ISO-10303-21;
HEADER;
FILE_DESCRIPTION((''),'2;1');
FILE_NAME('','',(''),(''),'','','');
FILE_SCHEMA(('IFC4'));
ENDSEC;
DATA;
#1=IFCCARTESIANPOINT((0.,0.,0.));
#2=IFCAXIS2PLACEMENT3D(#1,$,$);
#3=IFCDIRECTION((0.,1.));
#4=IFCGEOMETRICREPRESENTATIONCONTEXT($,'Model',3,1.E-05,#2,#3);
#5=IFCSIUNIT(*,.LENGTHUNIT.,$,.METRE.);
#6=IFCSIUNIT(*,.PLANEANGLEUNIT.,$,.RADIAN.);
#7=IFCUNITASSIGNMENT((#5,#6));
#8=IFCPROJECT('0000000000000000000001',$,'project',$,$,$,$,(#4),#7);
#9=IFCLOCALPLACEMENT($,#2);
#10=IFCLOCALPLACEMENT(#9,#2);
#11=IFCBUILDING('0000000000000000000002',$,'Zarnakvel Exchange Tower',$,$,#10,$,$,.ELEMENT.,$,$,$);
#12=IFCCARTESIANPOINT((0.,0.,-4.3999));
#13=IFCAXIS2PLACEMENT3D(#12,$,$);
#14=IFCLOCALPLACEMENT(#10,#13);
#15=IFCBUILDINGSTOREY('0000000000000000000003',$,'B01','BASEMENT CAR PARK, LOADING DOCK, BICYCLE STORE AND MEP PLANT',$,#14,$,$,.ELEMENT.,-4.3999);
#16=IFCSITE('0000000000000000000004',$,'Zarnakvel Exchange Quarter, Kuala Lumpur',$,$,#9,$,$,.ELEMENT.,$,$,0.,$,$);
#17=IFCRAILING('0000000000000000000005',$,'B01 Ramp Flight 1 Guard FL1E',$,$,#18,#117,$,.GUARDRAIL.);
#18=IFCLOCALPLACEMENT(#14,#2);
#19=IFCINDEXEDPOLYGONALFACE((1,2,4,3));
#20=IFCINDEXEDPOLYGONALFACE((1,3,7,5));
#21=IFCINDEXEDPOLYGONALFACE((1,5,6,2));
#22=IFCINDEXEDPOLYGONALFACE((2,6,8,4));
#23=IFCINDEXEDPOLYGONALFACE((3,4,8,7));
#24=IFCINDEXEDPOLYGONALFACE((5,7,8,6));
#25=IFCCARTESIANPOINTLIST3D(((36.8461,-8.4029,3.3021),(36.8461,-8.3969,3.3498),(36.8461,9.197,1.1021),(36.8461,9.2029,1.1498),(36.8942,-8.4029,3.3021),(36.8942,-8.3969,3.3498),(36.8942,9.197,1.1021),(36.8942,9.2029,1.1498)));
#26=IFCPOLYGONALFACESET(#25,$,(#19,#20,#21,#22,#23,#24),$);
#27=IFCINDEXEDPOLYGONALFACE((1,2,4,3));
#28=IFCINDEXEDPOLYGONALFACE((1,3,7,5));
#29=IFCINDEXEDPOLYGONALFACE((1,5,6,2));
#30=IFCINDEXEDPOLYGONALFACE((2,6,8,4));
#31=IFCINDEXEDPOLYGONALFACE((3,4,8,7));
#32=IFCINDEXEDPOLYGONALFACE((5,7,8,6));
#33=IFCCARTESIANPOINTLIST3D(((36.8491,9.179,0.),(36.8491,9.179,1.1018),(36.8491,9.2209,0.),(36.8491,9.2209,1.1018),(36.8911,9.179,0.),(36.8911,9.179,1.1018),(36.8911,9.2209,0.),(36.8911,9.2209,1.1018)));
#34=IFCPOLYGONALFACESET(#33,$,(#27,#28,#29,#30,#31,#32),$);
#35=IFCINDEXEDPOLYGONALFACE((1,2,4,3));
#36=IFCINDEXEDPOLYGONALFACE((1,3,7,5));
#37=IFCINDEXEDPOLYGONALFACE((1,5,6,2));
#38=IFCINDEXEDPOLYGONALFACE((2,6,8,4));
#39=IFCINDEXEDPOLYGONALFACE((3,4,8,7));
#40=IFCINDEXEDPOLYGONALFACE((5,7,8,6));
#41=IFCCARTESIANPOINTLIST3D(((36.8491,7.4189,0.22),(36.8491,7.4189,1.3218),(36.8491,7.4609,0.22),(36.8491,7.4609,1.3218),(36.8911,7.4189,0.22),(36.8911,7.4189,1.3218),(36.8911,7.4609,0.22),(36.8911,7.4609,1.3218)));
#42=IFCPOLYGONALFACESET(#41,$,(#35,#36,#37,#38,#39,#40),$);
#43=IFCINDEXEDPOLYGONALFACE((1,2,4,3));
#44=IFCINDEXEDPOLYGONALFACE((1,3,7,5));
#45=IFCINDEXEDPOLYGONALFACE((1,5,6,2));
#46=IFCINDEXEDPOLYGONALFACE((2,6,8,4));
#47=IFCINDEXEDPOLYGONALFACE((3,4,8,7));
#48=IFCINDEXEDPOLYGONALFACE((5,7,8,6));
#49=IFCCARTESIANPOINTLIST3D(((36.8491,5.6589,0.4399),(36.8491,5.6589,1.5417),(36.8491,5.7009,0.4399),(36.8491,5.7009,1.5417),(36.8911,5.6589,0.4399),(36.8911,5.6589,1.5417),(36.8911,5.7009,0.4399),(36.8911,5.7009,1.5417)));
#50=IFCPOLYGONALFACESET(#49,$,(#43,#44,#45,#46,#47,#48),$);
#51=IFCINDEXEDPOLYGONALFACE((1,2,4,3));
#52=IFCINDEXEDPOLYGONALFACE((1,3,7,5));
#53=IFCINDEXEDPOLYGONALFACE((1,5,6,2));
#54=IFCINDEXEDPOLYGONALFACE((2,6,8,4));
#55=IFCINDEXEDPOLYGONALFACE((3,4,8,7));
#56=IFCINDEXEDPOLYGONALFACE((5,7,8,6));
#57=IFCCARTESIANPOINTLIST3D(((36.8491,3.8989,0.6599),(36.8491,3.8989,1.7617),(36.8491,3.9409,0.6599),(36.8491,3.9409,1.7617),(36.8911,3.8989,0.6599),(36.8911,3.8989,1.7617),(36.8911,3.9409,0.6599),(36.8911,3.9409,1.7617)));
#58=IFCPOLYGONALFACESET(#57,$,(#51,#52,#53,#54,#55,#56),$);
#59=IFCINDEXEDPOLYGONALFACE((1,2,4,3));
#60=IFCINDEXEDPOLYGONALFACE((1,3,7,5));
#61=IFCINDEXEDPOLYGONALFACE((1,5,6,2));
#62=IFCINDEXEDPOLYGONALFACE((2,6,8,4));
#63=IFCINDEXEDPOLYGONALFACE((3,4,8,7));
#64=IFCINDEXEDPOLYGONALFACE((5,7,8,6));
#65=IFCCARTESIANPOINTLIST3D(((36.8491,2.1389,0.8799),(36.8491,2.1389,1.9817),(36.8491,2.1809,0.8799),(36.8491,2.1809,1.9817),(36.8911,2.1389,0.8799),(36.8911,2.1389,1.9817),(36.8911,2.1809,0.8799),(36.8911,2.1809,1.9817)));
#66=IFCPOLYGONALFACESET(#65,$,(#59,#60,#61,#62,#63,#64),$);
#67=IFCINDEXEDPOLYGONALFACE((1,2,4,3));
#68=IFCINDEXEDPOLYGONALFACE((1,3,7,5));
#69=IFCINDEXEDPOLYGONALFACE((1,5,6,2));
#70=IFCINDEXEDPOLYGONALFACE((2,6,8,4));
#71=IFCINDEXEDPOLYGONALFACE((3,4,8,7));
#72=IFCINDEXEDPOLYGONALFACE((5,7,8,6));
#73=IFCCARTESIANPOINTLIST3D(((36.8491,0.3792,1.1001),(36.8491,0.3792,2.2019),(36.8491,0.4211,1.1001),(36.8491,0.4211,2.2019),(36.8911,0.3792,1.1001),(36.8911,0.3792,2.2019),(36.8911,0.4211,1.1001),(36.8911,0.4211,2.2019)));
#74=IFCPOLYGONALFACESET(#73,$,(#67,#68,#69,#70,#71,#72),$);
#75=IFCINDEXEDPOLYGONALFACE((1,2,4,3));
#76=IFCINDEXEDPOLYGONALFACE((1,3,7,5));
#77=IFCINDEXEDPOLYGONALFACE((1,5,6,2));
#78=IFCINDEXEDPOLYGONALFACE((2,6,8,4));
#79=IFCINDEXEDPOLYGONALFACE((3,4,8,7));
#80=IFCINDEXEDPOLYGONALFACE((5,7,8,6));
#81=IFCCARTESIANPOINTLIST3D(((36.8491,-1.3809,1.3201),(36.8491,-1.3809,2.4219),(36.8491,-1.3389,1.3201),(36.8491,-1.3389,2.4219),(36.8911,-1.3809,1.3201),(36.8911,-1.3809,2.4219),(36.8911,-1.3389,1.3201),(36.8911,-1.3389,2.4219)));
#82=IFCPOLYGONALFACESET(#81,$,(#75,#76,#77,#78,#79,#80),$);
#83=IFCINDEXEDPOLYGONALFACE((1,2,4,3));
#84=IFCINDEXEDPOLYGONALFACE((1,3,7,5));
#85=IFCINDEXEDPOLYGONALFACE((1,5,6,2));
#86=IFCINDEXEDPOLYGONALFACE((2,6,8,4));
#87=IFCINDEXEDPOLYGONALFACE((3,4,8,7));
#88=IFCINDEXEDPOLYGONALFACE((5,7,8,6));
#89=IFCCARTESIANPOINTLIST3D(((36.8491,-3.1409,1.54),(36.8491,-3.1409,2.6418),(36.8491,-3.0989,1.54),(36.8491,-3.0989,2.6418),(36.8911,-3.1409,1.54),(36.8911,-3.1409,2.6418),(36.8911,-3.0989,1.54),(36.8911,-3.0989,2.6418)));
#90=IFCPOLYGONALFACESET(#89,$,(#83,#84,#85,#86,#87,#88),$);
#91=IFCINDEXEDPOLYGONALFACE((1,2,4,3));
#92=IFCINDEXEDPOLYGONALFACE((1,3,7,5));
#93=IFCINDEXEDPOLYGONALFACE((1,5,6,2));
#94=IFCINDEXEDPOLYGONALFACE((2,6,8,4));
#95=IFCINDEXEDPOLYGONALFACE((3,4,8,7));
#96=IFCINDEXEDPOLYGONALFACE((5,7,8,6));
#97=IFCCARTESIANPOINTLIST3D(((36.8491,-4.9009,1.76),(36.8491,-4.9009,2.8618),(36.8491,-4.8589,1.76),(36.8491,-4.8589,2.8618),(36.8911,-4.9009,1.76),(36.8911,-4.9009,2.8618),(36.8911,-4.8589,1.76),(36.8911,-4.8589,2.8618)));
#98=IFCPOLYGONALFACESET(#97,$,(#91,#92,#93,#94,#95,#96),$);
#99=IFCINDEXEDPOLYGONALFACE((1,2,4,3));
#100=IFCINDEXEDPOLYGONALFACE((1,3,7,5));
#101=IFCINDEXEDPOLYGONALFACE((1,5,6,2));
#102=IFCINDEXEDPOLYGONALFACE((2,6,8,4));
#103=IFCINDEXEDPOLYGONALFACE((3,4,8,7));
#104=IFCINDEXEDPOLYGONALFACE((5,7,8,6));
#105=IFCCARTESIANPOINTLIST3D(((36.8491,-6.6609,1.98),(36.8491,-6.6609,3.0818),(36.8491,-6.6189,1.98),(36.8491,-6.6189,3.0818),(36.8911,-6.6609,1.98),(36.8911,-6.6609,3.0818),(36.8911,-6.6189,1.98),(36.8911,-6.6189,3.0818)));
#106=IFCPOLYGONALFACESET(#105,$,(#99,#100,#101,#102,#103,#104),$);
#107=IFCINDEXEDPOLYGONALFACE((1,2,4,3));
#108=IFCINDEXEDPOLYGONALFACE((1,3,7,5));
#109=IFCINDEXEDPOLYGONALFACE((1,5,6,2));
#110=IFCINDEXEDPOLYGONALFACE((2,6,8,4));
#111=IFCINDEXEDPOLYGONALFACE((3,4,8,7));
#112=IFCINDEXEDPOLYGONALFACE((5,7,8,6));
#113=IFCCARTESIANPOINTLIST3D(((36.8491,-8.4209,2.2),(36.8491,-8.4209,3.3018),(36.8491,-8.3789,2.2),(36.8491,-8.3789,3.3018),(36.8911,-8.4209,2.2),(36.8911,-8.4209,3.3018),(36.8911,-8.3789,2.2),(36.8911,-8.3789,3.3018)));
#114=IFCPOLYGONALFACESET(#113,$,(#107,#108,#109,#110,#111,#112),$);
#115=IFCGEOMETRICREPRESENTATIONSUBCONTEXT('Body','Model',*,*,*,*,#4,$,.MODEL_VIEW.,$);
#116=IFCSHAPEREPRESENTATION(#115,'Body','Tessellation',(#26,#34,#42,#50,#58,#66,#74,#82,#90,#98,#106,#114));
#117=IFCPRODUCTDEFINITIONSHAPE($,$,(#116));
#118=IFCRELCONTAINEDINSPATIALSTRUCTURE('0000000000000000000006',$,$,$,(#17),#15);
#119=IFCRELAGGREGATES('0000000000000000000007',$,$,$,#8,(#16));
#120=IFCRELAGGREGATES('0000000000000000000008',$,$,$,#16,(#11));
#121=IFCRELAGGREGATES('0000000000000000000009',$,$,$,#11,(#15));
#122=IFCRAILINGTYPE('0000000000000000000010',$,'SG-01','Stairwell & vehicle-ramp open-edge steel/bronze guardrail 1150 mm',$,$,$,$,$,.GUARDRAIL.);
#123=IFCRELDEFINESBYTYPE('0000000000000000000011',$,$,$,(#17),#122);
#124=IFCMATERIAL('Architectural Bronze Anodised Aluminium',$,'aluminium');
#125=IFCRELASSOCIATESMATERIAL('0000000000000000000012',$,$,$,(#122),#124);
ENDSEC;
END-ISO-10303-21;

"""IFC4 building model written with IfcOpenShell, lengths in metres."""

from ifc_helpers import new_model, si_unit, direction, frame, origin, origin_2d, place, context, subcontext, project, spatial, rectangle, extrude, material, type_object, element, save


model = new_model("IFC4")

# Units and contexts
model_context = context("Model", 3, precision=1e-05, world=origin(), true_north=direction((0.0, 1.0)))
body_context = subcontext(model_context, "Body", "Model", "MODEL_VIEW")
ifc_project = project(units=[si_unit("LENGTHUNIT", "METRE"), si_unit("PLANEANGLEUNIT", "RADIAN")], contexts=[model_context])

# Site, building, storey
site_placement = place(None, origin())
site = spatial("IfcSite", under=ifc_project, at=site_placement, Name="Zarnakvel Exchange Quarter, Kuala Lumpur", CompositionType="ELEMENT", RefElevation=0.0)
building_placement = place(site_placement, origin())
building = spatial("IfcBuilding", under=site, at=building_placement, Name="Zarnakvel Exchange Tower", CompositionType="ELEMENT")
storey_placement = place(building_placement, frame((0.0, 0.0, -4.3999)))
storey = spatial("IfcBuildingStorey", under=building, at=storey_placement, Name="B01", Description="BASEMENT CAR PARK, LOADING DOCK, BICYCLE STORE AND MEP PLANT", CompositionType="ELEMENT", Elevation=-4.3999)

# Railing
ifc_material_1 = material(Name="Architectural Bronze Anodised Aluminium", Category="aluminium")
railing_type = type_object("IfcRailingType", Name="SG-01", Description="Stairwell & vehicle-ramp open-edge steel/bronze guardrail 1150 mm", PredefinedType="GUARDRAIL", material=ifc_material_1)
railing_1_placement = place(storey_placement, frame((36.8701, 9.2, 0.0)))
element("IfcRailing", 1, at=railing_1_placement, inside=storey, type_object=railing_type, Name="B01 Ramp Flight 1 Guard FL1E", PredefinedType="GUARDRAIL", context=body_context, shape_type="SweptSolid", body=[
    extrude(rectangle(XDim=0.0481, YDim=0.0481, at=origin_2d()), frame((0.0, 0.0, 1.126), z_axis=(0.0, -0.992278, 0.124033), x_axis=(1.0, 0.0, 0.0)), (0.0, 0.0, 1.0), 17.7368),
    extrude(rectangle(XDim=0.042, YDim=0.042, at=origin_2d()), origin(), (0.0, 0.0, 1.0), 1.1018),
    extrude(rectangle(XDim=0.042, YDim=0.042, at=origin_2d()), frame((0.0, -1.76, 0.22)), (0.0, 0.0, 1.0), 1.1018),
    extrude(rectangle(XDim=0.042, YDim=0.042, at=origin_2d()), frame((0.0, -3.52, 0.4399)), (0.0, 0.0, 1.0), 1.1018),
    extrude(rectangle(XDim=0.042, YDim=0.042, at=origin_2d()), frame((0.0, -5.28, 0.6599)), (0.0, 0.0, 1.0), 1.1018),
    extrude(rectangle(XDim=0.042, YDim=0.042, at=origin_2d()), frame((0.0, -7.04, 0.8799)), (0.0, 0.0, 1.0), 1.1018),
    extrude(rectangle(XDim=0.042, YDim=0.042, at=origin_2d()), frame((0.0, -8.7998, 1.1001)), (0.0, 0.0, 1.0), 1.1018),
    extrude(rectangle(XDim=0.042, YDim=0.042, at=origin_2d()), frame((0.0, -10.5598, 1.3201)), (0.0, 0.0, 1.0), 1.1018),
    extrude(rectangle(XDim=0.042, YDim=0.042, at=origin_2d()), frame((0.0, -12.3198, 1.54)), (0.0, 0.0, 1.0), 1.1018),
    extrude(rectangle(XDim=0.042, YDim=0.042, at=origin_2d()), frame((0.0, -14.0798, 1.76)), (0.0, 0.0, 1.0), 1.1018),
    extrude(rectangle(XDim=0.042, YDim=0.042, at=origin_2d()), frame((0.0, -15.8398, 1.98)), (0.0, 0.0, 1.0), 1.1018),
    extrude(rectangle(XDim=0.042, YDim=0.042, at=origin_2d()), frame((0.0, -17.5999, 2.2)), (0.0, 0.0, 1.0), 1.1018),
])

save(model, "model.ifc")
